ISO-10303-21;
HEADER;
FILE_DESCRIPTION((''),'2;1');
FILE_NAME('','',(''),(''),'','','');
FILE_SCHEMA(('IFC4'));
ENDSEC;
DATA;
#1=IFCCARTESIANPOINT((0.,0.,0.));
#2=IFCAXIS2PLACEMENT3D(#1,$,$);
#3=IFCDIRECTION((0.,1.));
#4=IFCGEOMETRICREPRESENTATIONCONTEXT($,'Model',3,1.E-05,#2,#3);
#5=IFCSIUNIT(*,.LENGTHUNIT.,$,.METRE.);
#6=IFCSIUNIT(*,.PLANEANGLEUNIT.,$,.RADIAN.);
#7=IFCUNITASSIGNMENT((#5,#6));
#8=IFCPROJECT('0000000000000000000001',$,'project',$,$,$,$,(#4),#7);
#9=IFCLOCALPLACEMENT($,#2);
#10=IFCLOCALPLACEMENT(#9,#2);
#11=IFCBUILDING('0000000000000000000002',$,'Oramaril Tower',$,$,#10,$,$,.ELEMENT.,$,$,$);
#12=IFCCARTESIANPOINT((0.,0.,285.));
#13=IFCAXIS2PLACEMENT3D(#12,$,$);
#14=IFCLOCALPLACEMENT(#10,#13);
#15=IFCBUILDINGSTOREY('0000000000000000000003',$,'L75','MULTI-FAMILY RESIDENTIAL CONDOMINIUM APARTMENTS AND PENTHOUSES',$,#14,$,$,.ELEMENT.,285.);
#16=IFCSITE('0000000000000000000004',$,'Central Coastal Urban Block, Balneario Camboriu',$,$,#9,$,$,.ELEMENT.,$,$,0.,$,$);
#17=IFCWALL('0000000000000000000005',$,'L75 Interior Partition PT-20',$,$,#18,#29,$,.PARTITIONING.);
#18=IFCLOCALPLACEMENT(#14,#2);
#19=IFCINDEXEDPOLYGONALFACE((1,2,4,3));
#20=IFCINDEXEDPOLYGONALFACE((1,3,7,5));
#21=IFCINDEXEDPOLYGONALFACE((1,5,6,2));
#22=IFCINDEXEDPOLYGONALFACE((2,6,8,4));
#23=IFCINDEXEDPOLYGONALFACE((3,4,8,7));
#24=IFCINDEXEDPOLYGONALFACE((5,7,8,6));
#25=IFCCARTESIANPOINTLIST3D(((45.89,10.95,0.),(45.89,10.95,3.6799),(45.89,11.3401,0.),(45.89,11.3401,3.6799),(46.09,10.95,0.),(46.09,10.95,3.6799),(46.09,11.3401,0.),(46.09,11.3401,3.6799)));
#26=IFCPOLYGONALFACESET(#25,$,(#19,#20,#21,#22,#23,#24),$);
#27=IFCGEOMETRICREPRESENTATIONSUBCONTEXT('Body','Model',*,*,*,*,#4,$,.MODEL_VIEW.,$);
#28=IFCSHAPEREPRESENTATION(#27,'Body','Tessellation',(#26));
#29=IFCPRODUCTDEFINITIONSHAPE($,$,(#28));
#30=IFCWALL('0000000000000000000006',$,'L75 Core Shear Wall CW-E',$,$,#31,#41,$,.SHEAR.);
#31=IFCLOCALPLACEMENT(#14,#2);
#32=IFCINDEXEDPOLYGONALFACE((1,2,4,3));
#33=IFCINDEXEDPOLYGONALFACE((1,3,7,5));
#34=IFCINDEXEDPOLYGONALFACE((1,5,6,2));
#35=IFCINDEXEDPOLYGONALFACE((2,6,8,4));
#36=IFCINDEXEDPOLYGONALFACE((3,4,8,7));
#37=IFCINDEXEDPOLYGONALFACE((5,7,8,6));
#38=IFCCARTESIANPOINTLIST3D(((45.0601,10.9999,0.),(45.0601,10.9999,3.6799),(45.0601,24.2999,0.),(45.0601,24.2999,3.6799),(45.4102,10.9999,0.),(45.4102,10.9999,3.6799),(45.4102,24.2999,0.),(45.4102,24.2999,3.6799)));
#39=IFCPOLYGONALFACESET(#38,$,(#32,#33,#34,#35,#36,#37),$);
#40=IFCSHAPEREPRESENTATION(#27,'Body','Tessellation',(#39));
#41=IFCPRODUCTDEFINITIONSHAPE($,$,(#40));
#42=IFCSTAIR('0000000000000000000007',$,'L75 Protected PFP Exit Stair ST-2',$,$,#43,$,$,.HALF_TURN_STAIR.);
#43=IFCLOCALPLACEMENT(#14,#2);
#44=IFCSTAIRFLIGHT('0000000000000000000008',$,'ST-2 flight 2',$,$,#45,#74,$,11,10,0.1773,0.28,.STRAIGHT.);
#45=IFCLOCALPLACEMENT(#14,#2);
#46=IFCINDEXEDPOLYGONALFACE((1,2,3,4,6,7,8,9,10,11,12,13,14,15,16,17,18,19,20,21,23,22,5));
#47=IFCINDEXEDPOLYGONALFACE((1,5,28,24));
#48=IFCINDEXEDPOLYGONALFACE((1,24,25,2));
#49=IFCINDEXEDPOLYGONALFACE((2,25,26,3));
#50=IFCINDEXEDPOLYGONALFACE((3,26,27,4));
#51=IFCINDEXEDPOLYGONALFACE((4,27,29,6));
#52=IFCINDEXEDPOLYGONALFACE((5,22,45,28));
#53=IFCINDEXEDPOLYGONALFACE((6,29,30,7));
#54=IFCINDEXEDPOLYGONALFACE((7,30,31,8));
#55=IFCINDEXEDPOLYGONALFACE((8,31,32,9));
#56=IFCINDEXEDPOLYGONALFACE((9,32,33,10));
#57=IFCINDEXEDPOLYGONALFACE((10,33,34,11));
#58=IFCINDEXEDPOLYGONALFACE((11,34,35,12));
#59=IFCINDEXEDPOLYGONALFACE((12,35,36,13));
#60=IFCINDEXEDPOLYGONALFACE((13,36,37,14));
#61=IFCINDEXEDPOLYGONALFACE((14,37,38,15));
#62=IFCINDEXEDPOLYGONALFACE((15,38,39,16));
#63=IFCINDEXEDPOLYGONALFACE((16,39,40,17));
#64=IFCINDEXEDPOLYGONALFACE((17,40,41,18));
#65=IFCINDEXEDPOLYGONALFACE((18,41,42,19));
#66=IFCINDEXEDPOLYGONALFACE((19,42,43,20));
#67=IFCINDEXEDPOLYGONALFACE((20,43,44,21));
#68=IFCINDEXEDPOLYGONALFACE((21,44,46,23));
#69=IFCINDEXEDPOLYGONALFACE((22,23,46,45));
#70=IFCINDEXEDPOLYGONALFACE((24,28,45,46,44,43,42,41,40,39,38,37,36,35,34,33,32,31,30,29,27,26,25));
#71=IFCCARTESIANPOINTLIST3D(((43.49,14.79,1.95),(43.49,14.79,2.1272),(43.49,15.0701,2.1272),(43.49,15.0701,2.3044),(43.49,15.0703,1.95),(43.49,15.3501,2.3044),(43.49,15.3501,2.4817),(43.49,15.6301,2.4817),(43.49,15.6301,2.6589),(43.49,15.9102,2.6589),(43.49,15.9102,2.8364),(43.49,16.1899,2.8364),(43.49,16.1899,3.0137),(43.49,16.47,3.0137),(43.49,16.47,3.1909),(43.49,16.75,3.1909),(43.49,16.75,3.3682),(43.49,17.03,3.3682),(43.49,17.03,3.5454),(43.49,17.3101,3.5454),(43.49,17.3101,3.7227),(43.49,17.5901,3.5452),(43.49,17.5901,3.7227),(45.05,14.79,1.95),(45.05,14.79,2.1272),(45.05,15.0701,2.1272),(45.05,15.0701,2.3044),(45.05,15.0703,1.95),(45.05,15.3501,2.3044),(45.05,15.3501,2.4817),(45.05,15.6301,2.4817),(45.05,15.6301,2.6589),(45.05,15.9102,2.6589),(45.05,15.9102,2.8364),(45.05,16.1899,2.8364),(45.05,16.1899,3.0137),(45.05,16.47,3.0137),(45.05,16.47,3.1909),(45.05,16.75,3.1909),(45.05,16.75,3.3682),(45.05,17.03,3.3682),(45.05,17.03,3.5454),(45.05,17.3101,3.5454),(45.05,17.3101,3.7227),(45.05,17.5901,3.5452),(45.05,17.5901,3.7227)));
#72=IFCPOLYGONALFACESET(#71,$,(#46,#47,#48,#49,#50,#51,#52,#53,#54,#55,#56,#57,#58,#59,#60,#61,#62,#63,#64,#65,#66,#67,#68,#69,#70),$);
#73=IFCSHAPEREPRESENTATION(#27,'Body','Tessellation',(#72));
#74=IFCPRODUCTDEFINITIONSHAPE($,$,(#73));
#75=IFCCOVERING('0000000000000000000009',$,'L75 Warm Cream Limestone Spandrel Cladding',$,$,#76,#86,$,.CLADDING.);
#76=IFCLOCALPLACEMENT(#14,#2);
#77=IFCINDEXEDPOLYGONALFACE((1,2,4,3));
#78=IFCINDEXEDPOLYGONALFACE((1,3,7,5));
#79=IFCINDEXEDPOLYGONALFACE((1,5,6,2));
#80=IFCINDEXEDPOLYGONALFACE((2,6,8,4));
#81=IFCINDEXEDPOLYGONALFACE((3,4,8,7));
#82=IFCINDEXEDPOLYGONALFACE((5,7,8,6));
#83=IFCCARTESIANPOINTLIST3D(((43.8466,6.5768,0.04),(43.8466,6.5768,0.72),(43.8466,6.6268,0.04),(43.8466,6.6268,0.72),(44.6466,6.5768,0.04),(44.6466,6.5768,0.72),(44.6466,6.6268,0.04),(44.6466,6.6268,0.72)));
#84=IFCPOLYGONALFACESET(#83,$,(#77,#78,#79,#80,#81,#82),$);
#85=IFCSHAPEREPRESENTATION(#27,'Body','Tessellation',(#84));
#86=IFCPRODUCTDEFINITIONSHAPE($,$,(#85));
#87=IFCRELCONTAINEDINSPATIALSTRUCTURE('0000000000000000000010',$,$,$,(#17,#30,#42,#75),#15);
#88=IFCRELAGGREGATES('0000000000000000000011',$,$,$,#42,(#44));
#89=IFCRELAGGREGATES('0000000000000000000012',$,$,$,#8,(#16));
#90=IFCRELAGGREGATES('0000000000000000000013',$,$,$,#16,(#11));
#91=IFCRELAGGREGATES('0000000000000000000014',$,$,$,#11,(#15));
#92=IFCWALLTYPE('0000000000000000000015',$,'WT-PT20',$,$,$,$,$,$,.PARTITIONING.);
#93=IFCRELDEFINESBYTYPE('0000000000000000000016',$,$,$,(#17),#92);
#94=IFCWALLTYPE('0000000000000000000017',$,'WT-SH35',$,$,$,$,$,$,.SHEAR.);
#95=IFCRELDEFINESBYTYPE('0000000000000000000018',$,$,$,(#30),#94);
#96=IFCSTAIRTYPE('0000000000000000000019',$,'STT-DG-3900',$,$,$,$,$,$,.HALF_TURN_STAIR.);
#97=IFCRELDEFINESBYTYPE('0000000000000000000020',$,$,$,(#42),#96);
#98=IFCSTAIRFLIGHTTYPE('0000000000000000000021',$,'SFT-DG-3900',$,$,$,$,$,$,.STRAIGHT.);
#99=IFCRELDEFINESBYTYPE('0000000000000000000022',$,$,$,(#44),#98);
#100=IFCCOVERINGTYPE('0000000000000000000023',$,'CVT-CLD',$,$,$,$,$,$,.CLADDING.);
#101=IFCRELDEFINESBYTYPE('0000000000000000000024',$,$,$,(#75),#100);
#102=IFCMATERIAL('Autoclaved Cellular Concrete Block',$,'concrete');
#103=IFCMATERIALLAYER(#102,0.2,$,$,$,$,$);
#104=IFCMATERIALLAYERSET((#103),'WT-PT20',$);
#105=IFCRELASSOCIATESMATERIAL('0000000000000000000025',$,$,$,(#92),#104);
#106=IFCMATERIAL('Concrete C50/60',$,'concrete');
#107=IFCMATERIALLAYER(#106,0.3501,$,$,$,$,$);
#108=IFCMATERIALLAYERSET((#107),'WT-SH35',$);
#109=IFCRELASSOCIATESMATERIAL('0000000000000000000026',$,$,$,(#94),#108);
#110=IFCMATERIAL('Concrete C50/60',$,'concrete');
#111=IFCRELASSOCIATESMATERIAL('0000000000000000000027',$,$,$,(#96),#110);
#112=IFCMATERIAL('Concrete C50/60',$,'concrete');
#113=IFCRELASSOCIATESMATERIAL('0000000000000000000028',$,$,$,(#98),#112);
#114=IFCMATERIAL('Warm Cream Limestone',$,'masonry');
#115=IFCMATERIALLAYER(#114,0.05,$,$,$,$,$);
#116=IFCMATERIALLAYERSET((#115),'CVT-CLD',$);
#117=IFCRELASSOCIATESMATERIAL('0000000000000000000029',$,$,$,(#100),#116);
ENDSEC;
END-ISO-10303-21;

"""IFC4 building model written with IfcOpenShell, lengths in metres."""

from ifc_helpers import new_model, si_unit, direction, frame, frame_2d, origin, origin_2d, place, context, subcontext, project, spatial, polyline, rectangle, outline, extrude, material, layer, layer_set, type_object, element, aggregate, save


model = new_model("IFC4")

# Units and contexts
model_context = context("Model", 3, precision=1e-05, world=origin(), true_north=direction((0.0, 1.0)))
body_context = subcontext(model_context, "Body", "Model", "MODEL_VIEW")
ifc_project = project(units=[si_unit("LENGTHUNIT", "METRE"), si_unit("PLANEANGLEUNIT", "RADIAN")], contexts=[model_context])

# Site, building, storey
site_placement = place(None, origin())
site = spatial("IfcSite", under=ifc_project, at=site_placement, Name="Central Coastal Urban Block, Balneario Camboriu", CompositionType="ELEMENT", RefElevation=0.0)
building_placement = place(site_placement, origin())
building = spatial("IfcBuilding", under=site, at=building_placement, Name="Oramaril Tower", CompositionType="ELEMENT")
storey_placement = place(building_placement, frame((0.0, 0.0, 285.0)))
storey = spatial("IfcBuildingStorey", under=building, at=storey_placement, Name="L75", Description="MULTI-FAMILY RESIDENTIAL CONDOMINIUM APARTMENTS AND PENTHOUSES", CompositionType="ELEMENT", Elevation=285.0)

# Walls
ifc_material_1 = material(Name="Autoclaved Cellular Concrete Block", Category="concrete")
ifc_layer_1 = layer(ifc_material_1, 0.2)
ifc_layer_set_1 = layer_set([ifc_layer_1], Name="WT-PT20")
wall_type_1 = type_object("IfcWallType", Name="WT-PT20", PredefinedType="PARTITIONING", material=ifc_layer_set_1)
wall_1_placement = place(storey_placement, frame((45.99, 10.95, 0.0), z_axis=(0.0, 0.0, 1.0), x_axis=(0.0, 1.0, 0.0)))
element("IfcWall", 1, at=wall_1_placement, inside=storey, type_object=wall_type_1, Name="L75 Interior Partition PT-20", PredefinedType="PARTITIONING", context=body_context, shape_type="SweptSolid", body=[
    extrude(rectangle(XDim=0.3901, YDim=0.2, at=frame_2d((0.1951, 0.0))), origin(), (0.0, 0.0, 1.0), 3.6799),
])
ifc_material_2 = material(Name="Concrete C50/60", Category="concrete")
ifc_layer_2 = layer(ifc_material_2, 0.3501)
ifc_layer_set_2 = layer_set([ifc_layer_2], Name="WT-SH35")
wall_type_2 = type_object("IfcWallType", Name="WT-SH35", PredefinedType="SHEAR", material=ifc_layer_set_2)
wall_2_placement = place(storey_placement, frame((45.2351, 11.0, 0.0), z_axis=(0.0, 0.0, 1.0), x_axis=(0.0, 1.0, 0.0)))
element("IfcWall", 2, at=wall_2_placement, inside=storey, type_object=wall_type_2, Name="L75 Core Shear Wall CW-E", PredefinedType="SHEAR", context=body_context, shape_type="SweptSolid", body=[
    extrude(rectangle(XDim=13.3, YDim=0.3501, at=frame_2d((6.6499, 0.0))), origin(), (0.0, 0.0, 1.0), 3.6799),
])

# Stair, stair flight
ifc_material_3 = material(Name="Concrete C50/60", Category="concrete")
stair_type = type_object("IfcStairType", Name="STT-DG-3900", PredefinedType="HALF_TURN_STAIR", material=ifc_material_3)
stair_placement = place(storey_placement, origin())
stair = element("IfcStair", 3, at=stair_placement, inside=storey, type_object=stair_type, Name="L75 Protected PFP Exit Stair ST-2", PredefinedType="HALF_TURN_STAIR")
ifc_material_4 = material(Name="Concrete C50/60", Category="concrete")
stair_flight_type = type_object("IfcStairFlightType", Name="SFT-DG-3900", PredefinedType="STRAIGHT", material=ifc_material_4)
stair_flight_placement = place(storey_placement, frame((44.27, 14.79, 1.95), z_axis=(0.0, 0.0, 1.0), x_axis=(0.0, 1.0, 0.0)))
stair_flight = element("IfcStairFlight", 4, at=stair_flight_placement, type_object=stair_flight_type, Name="ST-2 flight 2", NumberOfRisers=11, NumberOfTreads=10, PredefinedType="STRAIGHT", RiserHeight=0.1773, TreadLength=0.28, context=body_context, shape_type="SweptSolid", body=[
    extrude(outline(polyline([(0.0, 0.0), (0.0, 0.1772), (0.28, 0.1772), (0.28, 0.3545), (0.5601, 0.3545), (0.5601, 0.5317), (0.8401, 0.5317), (0.8401, 0.709), (1.1201, 0.709), (1.1201, 0.8865), (1.3999, 0.8865), (1.3999, 1.0637), (1.6799, 1.0637), (1.6799, 1.241), (1.96, 1.241), (1.96, 1.4182), (2.24, 1.4182), (2.24, 1.5955), (2.52, 1.5955), (2.52, 1.7727), (2.8, 1.7727), (2.8, 1.95), (2.8, 1.5952), (0.2803, 0.0), (0.0, 0.0)])), frame((0.0, 0.78, 0.0), z_axis=(0.0, -1.0, 0.0), x_axis=(1.0, 0.0, 0.0)), (0.0, 0.0, 1.0), 1.5601),
])
aggregate(stair, [stair_flight])

# Covering
ifc_material_5 = material(Name="Warm Cream Limestone", Category="masonry")
ifc_layer_3 = layer(ifc_material_5, 0.05)
ifc_layer_set_3 = layer_set([ifc_layer_3], Name="CVT-CLD")
covering_type = type_object("IfcCoveringType", Name="CVT-CLD", PredefinedType="CLADDING", material=ifc_layer_set_3)
covering_placement = place(storey_placement, frame((44.2466, 6.6018, 0.04), z_axis=(0.0, 0.0, 1.0), x_axis=(1.0, 0.0, 0.0)))
element("IfcCovering", 5, at=covering_placement, inside=storey, type_object=covering_type, Name="L75 Warm Cream Limestone Spandrel Cladding", PredefinedType="CLADDING", context=body_context, shape_type="SweptSolid", body=[
    extrude(rectangle(XDim=0.8, YDim=0.05, at=origin_2d()), origin(), (0.0, 0.0, 1.0), 0.6799),
])

save(model, "model.ifc")
